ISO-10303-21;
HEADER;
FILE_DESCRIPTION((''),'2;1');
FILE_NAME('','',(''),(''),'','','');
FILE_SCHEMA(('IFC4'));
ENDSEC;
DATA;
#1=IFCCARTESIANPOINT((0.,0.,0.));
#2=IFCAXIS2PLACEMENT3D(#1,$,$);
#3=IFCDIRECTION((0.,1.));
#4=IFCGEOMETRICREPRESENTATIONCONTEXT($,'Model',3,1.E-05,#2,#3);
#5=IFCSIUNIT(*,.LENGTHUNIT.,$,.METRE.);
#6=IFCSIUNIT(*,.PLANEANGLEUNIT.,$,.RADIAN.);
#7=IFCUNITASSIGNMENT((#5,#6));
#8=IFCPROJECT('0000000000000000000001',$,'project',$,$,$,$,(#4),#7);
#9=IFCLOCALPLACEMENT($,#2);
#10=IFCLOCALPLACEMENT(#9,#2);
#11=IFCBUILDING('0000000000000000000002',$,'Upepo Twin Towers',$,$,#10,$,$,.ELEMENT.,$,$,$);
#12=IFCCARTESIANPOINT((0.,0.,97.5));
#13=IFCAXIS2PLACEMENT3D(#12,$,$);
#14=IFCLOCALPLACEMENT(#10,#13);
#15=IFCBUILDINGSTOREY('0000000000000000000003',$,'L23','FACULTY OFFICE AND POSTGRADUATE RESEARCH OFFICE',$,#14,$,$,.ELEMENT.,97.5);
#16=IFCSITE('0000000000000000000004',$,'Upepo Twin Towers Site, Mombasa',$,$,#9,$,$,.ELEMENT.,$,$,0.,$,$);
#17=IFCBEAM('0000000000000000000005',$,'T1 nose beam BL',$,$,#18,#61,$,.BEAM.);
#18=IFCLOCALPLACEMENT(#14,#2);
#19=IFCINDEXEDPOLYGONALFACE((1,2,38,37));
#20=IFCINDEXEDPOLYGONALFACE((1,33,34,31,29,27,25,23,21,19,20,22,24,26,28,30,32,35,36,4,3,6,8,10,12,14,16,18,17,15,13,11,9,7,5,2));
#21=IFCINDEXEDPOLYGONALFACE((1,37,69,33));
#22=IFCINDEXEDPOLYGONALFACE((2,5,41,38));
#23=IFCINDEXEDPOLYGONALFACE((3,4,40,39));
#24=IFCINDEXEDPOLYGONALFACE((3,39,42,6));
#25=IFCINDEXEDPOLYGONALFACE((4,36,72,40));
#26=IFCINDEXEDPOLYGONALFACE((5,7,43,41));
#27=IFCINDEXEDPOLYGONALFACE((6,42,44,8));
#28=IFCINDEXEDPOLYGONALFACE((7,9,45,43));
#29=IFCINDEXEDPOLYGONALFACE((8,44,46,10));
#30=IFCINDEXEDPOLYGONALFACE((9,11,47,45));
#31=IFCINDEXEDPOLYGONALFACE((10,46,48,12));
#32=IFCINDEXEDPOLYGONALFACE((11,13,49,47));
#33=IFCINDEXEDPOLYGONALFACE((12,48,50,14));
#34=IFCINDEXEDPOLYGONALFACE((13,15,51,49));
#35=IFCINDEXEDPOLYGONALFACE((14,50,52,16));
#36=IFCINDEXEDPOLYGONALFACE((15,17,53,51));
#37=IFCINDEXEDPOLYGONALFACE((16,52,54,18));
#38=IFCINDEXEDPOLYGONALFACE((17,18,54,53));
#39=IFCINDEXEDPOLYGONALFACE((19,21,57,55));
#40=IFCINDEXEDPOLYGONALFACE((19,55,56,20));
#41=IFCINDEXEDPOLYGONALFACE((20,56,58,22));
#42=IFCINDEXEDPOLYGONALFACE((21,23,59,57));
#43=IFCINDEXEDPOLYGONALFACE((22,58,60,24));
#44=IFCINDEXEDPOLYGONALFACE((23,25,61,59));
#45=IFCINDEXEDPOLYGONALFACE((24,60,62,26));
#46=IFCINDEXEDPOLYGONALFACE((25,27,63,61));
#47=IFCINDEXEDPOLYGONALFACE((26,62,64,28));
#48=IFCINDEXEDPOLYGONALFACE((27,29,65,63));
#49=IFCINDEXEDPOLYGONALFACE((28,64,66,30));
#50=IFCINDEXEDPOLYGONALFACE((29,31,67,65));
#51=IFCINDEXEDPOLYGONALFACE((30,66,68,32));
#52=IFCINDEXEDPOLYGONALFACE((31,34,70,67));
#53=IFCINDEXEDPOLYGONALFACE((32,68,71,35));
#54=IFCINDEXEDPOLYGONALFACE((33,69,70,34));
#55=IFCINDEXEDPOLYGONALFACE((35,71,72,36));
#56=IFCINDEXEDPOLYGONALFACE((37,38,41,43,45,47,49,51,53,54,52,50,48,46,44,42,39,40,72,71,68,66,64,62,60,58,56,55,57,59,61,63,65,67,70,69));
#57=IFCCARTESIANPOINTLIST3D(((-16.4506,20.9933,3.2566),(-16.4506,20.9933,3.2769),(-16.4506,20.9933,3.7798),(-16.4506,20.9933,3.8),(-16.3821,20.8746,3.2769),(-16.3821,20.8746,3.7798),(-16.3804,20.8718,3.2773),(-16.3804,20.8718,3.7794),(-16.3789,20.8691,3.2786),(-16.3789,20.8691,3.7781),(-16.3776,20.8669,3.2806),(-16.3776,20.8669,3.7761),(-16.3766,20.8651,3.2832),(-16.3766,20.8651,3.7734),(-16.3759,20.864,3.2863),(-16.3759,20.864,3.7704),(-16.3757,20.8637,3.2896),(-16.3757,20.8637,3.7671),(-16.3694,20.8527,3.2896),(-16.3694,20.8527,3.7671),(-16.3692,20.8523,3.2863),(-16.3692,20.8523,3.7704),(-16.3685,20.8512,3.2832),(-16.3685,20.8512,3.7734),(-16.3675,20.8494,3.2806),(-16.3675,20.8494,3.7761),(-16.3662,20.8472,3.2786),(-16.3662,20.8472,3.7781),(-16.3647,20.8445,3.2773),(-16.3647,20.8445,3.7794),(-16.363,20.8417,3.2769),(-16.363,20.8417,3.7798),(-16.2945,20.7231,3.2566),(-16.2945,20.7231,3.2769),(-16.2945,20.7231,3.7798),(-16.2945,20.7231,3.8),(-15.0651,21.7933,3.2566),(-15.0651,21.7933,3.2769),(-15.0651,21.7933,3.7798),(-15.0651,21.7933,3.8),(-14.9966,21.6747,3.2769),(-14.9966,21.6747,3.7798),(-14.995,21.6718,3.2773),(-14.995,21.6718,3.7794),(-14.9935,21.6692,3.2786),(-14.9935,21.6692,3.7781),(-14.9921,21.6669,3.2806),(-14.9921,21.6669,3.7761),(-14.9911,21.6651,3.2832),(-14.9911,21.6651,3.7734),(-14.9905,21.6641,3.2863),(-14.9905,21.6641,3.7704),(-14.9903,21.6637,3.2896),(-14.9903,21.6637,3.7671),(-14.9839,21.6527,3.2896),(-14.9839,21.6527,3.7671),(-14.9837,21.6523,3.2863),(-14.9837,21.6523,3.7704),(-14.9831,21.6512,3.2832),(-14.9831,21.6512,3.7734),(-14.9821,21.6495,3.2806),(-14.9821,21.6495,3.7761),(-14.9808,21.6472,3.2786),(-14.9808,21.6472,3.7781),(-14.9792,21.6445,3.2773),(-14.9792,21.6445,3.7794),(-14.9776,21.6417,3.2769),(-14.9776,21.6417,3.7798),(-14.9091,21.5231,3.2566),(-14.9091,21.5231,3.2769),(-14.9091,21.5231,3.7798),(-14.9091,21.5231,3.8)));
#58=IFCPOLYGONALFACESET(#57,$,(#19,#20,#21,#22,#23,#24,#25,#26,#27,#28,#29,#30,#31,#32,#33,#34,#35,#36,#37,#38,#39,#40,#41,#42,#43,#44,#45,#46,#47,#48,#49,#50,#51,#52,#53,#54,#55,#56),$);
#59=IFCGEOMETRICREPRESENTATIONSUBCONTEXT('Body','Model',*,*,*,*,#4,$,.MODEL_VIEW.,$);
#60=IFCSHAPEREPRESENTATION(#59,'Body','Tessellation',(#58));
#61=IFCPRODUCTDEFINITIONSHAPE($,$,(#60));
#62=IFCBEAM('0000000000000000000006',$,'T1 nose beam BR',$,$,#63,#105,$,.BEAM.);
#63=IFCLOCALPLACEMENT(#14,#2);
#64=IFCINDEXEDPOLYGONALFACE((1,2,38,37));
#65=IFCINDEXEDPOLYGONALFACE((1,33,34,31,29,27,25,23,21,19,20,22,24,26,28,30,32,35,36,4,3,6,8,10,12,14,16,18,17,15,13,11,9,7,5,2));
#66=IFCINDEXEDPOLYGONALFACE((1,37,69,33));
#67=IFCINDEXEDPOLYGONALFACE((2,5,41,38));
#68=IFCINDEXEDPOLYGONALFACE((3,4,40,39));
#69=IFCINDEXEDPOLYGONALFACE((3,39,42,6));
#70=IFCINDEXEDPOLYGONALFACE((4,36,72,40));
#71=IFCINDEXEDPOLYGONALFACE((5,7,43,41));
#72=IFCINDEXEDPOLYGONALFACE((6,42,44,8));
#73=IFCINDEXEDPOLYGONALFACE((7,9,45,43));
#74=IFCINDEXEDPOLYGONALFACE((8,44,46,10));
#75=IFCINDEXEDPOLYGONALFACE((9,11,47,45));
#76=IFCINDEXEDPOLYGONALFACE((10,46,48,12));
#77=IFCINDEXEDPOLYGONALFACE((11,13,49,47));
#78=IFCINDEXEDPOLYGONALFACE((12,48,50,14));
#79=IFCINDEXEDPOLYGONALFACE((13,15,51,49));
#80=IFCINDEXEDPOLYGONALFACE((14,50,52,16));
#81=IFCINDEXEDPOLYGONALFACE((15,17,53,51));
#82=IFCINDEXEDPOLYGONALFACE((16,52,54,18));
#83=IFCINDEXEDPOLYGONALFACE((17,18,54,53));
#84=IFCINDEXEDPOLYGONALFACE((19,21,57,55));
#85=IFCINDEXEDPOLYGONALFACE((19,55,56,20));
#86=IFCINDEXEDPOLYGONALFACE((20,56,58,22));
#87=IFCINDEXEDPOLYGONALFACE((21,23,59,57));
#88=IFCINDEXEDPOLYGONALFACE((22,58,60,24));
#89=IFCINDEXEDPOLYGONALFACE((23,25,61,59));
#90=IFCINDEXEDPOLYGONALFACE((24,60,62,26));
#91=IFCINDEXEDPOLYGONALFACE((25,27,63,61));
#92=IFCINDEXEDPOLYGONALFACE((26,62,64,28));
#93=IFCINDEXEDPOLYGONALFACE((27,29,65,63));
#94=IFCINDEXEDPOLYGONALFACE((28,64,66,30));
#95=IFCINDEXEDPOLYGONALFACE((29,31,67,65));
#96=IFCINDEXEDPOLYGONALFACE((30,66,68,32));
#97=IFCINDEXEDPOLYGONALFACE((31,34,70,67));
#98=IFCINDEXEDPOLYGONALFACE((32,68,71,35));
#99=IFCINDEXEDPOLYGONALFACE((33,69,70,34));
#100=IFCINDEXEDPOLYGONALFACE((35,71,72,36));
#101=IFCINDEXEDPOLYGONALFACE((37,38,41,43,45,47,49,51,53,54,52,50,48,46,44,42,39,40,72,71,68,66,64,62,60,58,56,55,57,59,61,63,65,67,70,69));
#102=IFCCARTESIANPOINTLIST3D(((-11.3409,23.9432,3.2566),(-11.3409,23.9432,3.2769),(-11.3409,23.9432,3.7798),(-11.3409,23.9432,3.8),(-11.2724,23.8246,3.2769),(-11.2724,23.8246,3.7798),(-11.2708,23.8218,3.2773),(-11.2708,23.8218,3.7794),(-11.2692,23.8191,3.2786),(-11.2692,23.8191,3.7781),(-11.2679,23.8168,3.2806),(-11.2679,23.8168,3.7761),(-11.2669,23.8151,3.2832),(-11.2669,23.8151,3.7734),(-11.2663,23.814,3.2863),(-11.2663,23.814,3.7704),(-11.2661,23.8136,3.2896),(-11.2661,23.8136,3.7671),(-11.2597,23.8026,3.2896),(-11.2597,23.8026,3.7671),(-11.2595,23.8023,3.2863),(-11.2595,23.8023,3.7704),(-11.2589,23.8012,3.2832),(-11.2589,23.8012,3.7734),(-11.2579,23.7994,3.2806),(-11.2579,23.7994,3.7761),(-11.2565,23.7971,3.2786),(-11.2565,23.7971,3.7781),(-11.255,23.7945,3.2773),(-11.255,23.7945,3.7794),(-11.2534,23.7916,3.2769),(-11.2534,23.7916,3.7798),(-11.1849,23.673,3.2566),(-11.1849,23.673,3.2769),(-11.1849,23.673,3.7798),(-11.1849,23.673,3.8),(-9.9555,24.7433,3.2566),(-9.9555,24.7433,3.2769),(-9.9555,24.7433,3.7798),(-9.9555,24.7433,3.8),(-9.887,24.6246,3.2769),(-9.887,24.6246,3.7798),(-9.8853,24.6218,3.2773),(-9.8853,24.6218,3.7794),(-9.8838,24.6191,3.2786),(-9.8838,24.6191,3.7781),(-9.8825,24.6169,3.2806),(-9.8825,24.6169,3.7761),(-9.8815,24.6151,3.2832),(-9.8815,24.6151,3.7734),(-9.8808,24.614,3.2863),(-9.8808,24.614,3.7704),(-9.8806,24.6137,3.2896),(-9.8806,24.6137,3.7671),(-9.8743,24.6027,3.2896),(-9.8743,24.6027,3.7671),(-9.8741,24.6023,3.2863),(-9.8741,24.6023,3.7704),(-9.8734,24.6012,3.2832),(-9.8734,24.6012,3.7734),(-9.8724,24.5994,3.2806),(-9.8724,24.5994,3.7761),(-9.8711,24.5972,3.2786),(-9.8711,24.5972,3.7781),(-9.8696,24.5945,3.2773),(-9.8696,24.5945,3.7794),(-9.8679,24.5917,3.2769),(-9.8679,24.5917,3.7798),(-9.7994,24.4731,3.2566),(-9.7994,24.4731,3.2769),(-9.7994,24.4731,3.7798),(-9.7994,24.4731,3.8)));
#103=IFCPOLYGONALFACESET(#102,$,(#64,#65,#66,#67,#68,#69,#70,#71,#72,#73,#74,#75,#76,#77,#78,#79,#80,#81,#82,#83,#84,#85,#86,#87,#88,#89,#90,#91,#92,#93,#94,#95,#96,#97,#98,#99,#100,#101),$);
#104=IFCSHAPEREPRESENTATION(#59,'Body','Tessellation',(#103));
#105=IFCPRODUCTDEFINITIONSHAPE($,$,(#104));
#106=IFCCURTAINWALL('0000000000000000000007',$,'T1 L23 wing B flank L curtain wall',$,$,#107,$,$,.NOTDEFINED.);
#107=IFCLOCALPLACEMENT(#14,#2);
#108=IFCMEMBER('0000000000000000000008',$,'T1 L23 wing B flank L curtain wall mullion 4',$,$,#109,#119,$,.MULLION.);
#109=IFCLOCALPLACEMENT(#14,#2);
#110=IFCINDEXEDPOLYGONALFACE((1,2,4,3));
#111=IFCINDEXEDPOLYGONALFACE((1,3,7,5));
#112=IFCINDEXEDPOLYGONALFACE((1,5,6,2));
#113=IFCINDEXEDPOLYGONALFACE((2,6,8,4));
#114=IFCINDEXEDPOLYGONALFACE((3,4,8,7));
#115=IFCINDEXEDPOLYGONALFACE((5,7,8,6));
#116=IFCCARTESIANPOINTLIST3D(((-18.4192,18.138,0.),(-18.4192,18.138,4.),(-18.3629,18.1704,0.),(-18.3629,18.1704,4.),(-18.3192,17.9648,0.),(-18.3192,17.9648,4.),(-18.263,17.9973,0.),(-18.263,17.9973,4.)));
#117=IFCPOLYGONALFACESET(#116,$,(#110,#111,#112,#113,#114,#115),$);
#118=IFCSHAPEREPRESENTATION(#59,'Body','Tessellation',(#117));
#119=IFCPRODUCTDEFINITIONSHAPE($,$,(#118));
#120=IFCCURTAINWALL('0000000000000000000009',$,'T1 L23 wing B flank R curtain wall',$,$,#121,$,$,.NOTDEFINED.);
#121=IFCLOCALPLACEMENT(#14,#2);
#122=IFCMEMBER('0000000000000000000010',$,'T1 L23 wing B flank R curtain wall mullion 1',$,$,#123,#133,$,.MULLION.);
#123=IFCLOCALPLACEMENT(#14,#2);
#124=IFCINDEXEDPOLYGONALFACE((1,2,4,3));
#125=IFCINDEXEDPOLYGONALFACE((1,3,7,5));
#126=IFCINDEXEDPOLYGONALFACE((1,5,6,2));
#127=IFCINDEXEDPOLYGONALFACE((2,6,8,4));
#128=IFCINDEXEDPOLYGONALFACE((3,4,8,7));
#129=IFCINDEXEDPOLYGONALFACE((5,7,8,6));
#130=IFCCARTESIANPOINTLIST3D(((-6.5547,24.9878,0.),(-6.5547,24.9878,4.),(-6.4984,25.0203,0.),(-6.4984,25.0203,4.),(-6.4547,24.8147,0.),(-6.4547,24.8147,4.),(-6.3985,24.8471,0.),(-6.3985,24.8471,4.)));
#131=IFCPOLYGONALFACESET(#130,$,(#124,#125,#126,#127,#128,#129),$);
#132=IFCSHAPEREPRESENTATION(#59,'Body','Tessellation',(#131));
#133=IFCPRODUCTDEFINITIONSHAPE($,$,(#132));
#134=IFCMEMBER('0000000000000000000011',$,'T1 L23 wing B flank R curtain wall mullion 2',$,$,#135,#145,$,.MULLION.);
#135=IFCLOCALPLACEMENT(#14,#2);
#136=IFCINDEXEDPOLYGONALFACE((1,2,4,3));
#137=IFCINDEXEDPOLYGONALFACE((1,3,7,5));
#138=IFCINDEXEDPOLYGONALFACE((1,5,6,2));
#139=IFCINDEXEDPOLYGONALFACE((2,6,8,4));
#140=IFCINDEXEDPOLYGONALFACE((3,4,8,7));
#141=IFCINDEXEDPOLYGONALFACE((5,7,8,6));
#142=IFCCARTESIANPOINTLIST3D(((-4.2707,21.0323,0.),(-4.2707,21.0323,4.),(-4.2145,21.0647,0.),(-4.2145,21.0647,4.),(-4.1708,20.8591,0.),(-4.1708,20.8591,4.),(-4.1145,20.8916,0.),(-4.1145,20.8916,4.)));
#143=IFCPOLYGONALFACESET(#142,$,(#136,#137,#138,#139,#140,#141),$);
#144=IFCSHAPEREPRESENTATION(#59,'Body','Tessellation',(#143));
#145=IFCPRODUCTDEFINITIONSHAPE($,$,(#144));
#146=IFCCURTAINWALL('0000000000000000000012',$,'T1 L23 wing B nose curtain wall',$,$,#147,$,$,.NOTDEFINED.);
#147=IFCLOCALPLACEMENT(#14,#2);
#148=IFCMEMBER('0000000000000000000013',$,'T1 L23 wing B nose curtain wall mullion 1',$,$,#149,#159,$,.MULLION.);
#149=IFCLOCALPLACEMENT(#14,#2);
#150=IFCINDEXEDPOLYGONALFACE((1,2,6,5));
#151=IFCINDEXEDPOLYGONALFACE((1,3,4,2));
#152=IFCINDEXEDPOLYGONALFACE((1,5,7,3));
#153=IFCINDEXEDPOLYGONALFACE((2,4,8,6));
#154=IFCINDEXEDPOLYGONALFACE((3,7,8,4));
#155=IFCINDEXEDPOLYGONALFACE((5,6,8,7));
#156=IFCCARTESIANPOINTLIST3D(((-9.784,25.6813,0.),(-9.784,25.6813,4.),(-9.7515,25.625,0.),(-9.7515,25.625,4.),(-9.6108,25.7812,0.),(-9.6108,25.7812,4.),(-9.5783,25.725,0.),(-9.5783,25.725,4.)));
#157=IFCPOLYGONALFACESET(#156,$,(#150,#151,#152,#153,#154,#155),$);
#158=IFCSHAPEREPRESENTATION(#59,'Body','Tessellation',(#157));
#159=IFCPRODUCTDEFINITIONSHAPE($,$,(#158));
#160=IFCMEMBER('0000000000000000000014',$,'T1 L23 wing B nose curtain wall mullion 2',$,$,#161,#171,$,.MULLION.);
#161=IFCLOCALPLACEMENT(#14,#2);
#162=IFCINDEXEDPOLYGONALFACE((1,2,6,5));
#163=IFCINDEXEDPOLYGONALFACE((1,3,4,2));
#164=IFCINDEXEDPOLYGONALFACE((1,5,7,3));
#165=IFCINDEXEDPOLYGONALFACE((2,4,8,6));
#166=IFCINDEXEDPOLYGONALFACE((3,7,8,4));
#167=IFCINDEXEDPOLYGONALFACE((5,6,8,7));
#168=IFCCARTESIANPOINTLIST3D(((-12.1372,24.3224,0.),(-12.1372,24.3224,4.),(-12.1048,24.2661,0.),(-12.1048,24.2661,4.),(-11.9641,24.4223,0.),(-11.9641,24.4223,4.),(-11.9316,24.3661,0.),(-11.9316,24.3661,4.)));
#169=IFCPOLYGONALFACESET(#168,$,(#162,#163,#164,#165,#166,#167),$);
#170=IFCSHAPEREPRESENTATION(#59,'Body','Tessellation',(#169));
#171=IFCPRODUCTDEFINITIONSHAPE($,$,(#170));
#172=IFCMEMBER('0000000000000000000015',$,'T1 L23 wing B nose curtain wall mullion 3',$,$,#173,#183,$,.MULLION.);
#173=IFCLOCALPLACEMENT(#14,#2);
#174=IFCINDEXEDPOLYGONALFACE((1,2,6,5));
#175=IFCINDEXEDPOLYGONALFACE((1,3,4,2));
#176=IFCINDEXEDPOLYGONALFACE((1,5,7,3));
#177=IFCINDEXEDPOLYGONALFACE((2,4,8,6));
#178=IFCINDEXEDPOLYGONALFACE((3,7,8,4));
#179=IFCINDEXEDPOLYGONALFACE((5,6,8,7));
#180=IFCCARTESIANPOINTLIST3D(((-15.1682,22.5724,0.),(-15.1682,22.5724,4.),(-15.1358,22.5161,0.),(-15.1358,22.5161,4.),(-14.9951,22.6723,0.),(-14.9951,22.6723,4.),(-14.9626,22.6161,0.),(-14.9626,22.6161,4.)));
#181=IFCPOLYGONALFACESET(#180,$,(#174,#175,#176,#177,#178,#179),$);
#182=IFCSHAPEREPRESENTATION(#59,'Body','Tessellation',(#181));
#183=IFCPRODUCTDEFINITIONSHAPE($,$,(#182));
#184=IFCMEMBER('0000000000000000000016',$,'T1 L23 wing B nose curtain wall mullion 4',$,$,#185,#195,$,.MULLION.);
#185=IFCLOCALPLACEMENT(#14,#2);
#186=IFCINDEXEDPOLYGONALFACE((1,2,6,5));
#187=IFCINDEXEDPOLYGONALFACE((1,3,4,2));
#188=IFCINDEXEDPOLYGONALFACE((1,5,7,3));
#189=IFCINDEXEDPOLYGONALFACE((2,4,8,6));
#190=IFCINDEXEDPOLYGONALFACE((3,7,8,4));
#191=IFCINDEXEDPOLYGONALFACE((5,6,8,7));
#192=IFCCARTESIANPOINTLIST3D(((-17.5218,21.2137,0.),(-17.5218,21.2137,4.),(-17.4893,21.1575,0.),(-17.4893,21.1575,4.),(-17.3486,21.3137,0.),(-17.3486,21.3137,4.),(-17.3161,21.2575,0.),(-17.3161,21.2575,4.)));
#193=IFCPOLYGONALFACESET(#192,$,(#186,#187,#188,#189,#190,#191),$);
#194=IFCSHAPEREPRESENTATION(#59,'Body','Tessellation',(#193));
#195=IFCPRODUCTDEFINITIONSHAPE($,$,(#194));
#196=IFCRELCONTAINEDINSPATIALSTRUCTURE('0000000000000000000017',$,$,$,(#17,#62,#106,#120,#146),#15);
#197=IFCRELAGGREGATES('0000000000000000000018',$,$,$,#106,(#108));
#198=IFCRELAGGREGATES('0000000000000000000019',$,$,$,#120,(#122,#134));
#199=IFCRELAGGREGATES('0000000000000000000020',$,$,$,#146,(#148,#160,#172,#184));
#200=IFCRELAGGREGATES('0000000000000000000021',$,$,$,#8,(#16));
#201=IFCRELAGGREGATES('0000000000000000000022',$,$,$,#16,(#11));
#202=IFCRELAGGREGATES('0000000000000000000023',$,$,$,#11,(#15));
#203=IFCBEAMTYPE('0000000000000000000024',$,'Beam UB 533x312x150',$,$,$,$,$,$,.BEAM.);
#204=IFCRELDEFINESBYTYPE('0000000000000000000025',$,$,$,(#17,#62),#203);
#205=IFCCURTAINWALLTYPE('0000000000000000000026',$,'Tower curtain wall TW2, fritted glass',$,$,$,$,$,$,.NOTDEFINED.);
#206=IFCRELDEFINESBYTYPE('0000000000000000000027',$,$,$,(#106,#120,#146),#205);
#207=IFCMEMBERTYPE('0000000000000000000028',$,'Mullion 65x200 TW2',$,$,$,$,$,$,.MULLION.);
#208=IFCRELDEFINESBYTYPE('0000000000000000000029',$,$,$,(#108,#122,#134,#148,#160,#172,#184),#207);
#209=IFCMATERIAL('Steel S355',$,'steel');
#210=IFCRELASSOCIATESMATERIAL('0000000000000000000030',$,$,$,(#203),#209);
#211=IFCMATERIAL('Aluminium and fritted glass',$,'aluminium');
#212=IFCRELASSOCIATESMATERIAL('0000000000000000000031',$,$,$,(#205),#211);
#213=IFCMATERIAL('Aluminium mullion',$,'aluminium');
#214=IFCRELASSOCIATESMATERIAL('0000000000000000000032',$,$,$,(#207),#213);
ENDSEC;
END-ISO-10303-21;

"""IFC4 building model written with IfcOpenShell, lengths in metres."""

from ifc_helpers import new_model, si_unit, direction, frame, origin, origin_2d, place, context, subcontext, project, spatial, rectangle, i_section, extrude, material, material_profile, profile_set, type_object, element, aggregate, save


model = new_model("IFC4")

# Units and contexts
model_context = context("Model", 3, precision=1e-05, world=origin(), true_north=direction((0.0, 1.0)))
body_context = subcontext(model_context, "Body", "Model", "MODEL_VIEW")
ifc_project = project(units=[si_unit("LENGTHUNIT", "METRE"), si_unit("PLANEANGLEUNIT", "RADIAN")], contexts=[model_context])

# Site, building, storey
site_placement = place(None, origin())
site = spatial("IfcSite", under=ifc_project, at=site_placement, Name="Upepo Twin Towers Site, Mombasa", CompositionType="ELEMENT", RefElevation=0.0)
building_placement = place(site_placement, origin())
building = spatial("IfcBuilding", under=site, at=building_placement, Name="Upepo Twin Towers", CompositionType="ELEMENT")
storey_placement = place(building_placement, frame((0.0, 0.0, 97.5)))
storey = spatial("IfcBuildingStorey", under=building, at=storey_placement, Name="L23", Description="FACULTY OFFICE AND POSTGRADUATE RESEARCH OFFICE", CompositionType="ELEMENT", Elevation=97.5)

# Beams
ifc_material_1 = material(Name="Steel S355", Category="steel")
ifc_material_profile_1 = material_profile(ifc_material_1, i_section(OverallWidth=0.312, OverallDepth=0.5435, WebThickness=0.0127, FlangeThickness=0.0203, FilletRadius=0.0127, at=origin_2d()), Name="UB 533x312x150")
ifc_profile_set_1 = profile_set([ifc_material_profile_1], Name="Steel S355")
beam_type_1 = type_object("IfcBeamType", Name="Beam UB 533x312x150", PredefinedType="BEAM", material=ifc_profile_set_1)
for number, where, z_axis, x_axis, name in (
    (1, (-16.3726, 20.8582, 3.5283), (0.86599, 0.500061, 0.0), (-0.500061, 0.86599, 0.0), "T1 nose beam BL"),
    (2, (-9.8774, 24.6082, 3.5283), (-0.86599, -0.500061, 0.0), (0.500061, -0.86599, 0.0), "T1 nose beam BR"),
):
    element("IfcBeam", number, at=place(storey_placement, frame(where, z_axis=z_axis, x_axis=x_axis)), inside=storey, type_object=beam_type_1, Name=name, PredefinedType="BEAM", context=body_context, shape_type="SweptSolid", body=[
        extrude(i_section(OverallWidth=0.312, OverallDepth=0.5435, WebThickness=0.0127, FlangeThickness=0.0203, FilletRadius=0.0127, at=origin_2d()), origin(), (0.0, 0.0, 1.0), 1.5999),
    ])

# Curtain wall, member
ifc_material_2 = material(Name="Aluminium and fritted glass", Category="aluminium")
curtain_wall_type = type_object("IfcCurtainWallType", Name="Tower curtain wall TW2, fritted glass", PredefinedType="NOTDEFINED", material=ifc_material_2)
curtain_wall_1_placement = place(storey_placement, origin())
curtain_wall_1 = element("IfcCurtainWall", 3, at=curtain_wall_1_placement, inside=storey, type_object=curtain_wall_type, Name="T1 L23 wing B flank L curtain wall", PredefinedType="NOTDEFINED")
ifc_material_3 = material(Name="Aluminium mullion", Category="aluminium")
ifc_material_profile_2 = material_profile(ifc_material_3, rectangle(XDim=0.0649, YDim=0.2, at=origin_2d()), Name="MULLION 65x200")
ifc_profile_set_2 = profile_set([ifc_material_profile_2], Name="Aluminium mullion")
member_type_1 = type_object("IfcMemberType", Name="Mullion 65x200 TW2", PredefinedType="MULLION", material=ifc_profile_set_2)
member_1_placement = place(storey_placement, frame((-18.3411, 18.0676, 0.0), z_axis=(0.0, 0.0, 1.0), x_axis=(-0.866025, -0.5, 0.0)))
member_1 = element("IfcMember", 4, at=member_1_placement, type_object=member_type_1, Name="T1 L23 wing B flank L curtain wall mullion 4", PredefinedType="MULLION", context=body_context, shape_type="SweptSolid", body=[
    extrude(rectangle(XDim=0.0649, YDim=0.2, at=origin_2d()), origin(), (0.0, 0.0, 1.0), 4.0),
])
aggregate(curtain_wall_1, [member_1])

# Curtain walls, members
curtain_wall_2_placement = place(storey_placement, origin())
curtain_wall_2 = element("IfcCurtainWall", 5, at=curtain_wall_2_placement, inside=storey, type_object=curtain_wall_type, Name="T1 L23 wing B flank R curtain wall", PredefinedType="NOTDEFINED")
member_2_placement = place(storey_placement, frame((-6.4766, 24.9175, 0.0), z_axis=(0.0, 0.0, 1.0), x_axis=(0.866025, 0.5, 0.0)))
member_2 = element("IfcMember", 6, at=member_2_placement, type_object=member_type_1, Name="T1 L23 wing B flank R curtain wall mullion 1", PredefinedType="MULLION", context=body_context, shape_type="SweptSolid", body=[
    extrude(rectangle(XDim=0.0649, YDim=0.2, at=origin_2d()), origin(), (0.0, 0.0, 1.0), 4.0),
])
member_3_placement = place(storey_placement, frame((-4.1926, 20.9619, 0.0), z_axis=(0.0, 0.0, 1.0), x_axis=(0.866025, 0.5, 0.0)))
member_3 = element("IfcMember", 7, at=member_3_placement, type_object=member_type_1, Name="T1 L23 wing B flank R curtain wall mullion 2", PredefinedType="MULLION", context=body_context, shape_type="SweptSolid", body=[
    extrude(rectangle(XDim=0.0649, YDim=0.2, at=origin_2d()), origin(), (0.0, 0.0, 1.0), 4.0),
])
curtain_wall_3_placement = place(storey_placement, origin())
curtain_wall_3 = element("IfcCurtainWall", 8, at=curtain_wall_3_placement, inside=storey, type_object=curtain_wall_type, Name="T1 L23 wing B nose curtain wall", PredefinedType="NOTDEFINED")
member_4_placement = place(storey_placement, frame((-9.6812, 25.7031, 0.0), z_axis=(0.0, 0.0, 1.0), x_axis=(0.5, -0.866025, 0.0)))
member_4 = element("IfcMember", 9, at=member_4_placement, type_object=member_type_1, Name="T1 L23 wing B nose curtain wall mullion 1", PredefinedType="MULLION", context=body_context, shape_type="SweptSolid", body=[
    extrude(rectangle(XDim=0.0649, YDim=0.2, at=origin_2d()), origin(), (0.0, 0.0, 1.0), 4.0),
])
member_5_placement = place(storey_placement, frame((-12.0344, 24.3442, 0.0), z_axis=(0.0, 0.0, 1.0), x_axis=(0.5, -0.866025, 0.0)))
member_5 = element("IfcMember", 10, at=member_5_placement, type_object=member_type_1, Name="T1 L23 wing B nose curtain wall mullion 2", PredefinedType="MULLION", context=body_context, shape_type="SweptSolid", body=[
    extrude(rectangle(XDim=0.0649, YDim=0.2, at=origin_2d()), origin(), (0.0, 0.0, 1.0), 4.0),
])
member_6_placement = place(storey_placement, frame((-15.0654, 22.5942, 0.0), z_axis=(0.0, 0.0, 1.0), x_axis=(0.5, -0.866025, 0.0)))
member_6 = element("IfcMember", 11, at=member_6_placement, type_object=member_type_1, Name="T1 L23 wing B nose curtain wall mullion 3", PredefinedType="MULLION", context=body_context, shape_type="SweptSolid", body=[
    extrude(rectangle(XDim=0.0649, YDim=0.2, at=origin_2d()), origin(), (0.0, 0.0, 1.0), 4.0),
])
member_7_placement = place(storey_placement, frame((-17.4189, 21.2356, 0.0), z_axis=(0.0, 0.0, 1.0), x_axis=(0.5, -0.866025, 0.0)))
member_7 = element("IfcMember", 12, at=member_7_placement, type_object=member_type_1, Name="T1 L23 wing B nose curtain wall mullion 4", PredefinedType="MULLION", context=body_context, shape_type="SweptSolid", body=[
    extrude(rectangle(XDim=0.0649, YDim=0.2, at=origin_2d()), origin(), (0.0, 0.0, 1.0), 4.0),
])

aggregate(curtain_wall_2, [member_2, member_3])
aggregate(curtain_wall_3, [member_4, member_5, member_6, member_7])

save(model, "model.ifc")
